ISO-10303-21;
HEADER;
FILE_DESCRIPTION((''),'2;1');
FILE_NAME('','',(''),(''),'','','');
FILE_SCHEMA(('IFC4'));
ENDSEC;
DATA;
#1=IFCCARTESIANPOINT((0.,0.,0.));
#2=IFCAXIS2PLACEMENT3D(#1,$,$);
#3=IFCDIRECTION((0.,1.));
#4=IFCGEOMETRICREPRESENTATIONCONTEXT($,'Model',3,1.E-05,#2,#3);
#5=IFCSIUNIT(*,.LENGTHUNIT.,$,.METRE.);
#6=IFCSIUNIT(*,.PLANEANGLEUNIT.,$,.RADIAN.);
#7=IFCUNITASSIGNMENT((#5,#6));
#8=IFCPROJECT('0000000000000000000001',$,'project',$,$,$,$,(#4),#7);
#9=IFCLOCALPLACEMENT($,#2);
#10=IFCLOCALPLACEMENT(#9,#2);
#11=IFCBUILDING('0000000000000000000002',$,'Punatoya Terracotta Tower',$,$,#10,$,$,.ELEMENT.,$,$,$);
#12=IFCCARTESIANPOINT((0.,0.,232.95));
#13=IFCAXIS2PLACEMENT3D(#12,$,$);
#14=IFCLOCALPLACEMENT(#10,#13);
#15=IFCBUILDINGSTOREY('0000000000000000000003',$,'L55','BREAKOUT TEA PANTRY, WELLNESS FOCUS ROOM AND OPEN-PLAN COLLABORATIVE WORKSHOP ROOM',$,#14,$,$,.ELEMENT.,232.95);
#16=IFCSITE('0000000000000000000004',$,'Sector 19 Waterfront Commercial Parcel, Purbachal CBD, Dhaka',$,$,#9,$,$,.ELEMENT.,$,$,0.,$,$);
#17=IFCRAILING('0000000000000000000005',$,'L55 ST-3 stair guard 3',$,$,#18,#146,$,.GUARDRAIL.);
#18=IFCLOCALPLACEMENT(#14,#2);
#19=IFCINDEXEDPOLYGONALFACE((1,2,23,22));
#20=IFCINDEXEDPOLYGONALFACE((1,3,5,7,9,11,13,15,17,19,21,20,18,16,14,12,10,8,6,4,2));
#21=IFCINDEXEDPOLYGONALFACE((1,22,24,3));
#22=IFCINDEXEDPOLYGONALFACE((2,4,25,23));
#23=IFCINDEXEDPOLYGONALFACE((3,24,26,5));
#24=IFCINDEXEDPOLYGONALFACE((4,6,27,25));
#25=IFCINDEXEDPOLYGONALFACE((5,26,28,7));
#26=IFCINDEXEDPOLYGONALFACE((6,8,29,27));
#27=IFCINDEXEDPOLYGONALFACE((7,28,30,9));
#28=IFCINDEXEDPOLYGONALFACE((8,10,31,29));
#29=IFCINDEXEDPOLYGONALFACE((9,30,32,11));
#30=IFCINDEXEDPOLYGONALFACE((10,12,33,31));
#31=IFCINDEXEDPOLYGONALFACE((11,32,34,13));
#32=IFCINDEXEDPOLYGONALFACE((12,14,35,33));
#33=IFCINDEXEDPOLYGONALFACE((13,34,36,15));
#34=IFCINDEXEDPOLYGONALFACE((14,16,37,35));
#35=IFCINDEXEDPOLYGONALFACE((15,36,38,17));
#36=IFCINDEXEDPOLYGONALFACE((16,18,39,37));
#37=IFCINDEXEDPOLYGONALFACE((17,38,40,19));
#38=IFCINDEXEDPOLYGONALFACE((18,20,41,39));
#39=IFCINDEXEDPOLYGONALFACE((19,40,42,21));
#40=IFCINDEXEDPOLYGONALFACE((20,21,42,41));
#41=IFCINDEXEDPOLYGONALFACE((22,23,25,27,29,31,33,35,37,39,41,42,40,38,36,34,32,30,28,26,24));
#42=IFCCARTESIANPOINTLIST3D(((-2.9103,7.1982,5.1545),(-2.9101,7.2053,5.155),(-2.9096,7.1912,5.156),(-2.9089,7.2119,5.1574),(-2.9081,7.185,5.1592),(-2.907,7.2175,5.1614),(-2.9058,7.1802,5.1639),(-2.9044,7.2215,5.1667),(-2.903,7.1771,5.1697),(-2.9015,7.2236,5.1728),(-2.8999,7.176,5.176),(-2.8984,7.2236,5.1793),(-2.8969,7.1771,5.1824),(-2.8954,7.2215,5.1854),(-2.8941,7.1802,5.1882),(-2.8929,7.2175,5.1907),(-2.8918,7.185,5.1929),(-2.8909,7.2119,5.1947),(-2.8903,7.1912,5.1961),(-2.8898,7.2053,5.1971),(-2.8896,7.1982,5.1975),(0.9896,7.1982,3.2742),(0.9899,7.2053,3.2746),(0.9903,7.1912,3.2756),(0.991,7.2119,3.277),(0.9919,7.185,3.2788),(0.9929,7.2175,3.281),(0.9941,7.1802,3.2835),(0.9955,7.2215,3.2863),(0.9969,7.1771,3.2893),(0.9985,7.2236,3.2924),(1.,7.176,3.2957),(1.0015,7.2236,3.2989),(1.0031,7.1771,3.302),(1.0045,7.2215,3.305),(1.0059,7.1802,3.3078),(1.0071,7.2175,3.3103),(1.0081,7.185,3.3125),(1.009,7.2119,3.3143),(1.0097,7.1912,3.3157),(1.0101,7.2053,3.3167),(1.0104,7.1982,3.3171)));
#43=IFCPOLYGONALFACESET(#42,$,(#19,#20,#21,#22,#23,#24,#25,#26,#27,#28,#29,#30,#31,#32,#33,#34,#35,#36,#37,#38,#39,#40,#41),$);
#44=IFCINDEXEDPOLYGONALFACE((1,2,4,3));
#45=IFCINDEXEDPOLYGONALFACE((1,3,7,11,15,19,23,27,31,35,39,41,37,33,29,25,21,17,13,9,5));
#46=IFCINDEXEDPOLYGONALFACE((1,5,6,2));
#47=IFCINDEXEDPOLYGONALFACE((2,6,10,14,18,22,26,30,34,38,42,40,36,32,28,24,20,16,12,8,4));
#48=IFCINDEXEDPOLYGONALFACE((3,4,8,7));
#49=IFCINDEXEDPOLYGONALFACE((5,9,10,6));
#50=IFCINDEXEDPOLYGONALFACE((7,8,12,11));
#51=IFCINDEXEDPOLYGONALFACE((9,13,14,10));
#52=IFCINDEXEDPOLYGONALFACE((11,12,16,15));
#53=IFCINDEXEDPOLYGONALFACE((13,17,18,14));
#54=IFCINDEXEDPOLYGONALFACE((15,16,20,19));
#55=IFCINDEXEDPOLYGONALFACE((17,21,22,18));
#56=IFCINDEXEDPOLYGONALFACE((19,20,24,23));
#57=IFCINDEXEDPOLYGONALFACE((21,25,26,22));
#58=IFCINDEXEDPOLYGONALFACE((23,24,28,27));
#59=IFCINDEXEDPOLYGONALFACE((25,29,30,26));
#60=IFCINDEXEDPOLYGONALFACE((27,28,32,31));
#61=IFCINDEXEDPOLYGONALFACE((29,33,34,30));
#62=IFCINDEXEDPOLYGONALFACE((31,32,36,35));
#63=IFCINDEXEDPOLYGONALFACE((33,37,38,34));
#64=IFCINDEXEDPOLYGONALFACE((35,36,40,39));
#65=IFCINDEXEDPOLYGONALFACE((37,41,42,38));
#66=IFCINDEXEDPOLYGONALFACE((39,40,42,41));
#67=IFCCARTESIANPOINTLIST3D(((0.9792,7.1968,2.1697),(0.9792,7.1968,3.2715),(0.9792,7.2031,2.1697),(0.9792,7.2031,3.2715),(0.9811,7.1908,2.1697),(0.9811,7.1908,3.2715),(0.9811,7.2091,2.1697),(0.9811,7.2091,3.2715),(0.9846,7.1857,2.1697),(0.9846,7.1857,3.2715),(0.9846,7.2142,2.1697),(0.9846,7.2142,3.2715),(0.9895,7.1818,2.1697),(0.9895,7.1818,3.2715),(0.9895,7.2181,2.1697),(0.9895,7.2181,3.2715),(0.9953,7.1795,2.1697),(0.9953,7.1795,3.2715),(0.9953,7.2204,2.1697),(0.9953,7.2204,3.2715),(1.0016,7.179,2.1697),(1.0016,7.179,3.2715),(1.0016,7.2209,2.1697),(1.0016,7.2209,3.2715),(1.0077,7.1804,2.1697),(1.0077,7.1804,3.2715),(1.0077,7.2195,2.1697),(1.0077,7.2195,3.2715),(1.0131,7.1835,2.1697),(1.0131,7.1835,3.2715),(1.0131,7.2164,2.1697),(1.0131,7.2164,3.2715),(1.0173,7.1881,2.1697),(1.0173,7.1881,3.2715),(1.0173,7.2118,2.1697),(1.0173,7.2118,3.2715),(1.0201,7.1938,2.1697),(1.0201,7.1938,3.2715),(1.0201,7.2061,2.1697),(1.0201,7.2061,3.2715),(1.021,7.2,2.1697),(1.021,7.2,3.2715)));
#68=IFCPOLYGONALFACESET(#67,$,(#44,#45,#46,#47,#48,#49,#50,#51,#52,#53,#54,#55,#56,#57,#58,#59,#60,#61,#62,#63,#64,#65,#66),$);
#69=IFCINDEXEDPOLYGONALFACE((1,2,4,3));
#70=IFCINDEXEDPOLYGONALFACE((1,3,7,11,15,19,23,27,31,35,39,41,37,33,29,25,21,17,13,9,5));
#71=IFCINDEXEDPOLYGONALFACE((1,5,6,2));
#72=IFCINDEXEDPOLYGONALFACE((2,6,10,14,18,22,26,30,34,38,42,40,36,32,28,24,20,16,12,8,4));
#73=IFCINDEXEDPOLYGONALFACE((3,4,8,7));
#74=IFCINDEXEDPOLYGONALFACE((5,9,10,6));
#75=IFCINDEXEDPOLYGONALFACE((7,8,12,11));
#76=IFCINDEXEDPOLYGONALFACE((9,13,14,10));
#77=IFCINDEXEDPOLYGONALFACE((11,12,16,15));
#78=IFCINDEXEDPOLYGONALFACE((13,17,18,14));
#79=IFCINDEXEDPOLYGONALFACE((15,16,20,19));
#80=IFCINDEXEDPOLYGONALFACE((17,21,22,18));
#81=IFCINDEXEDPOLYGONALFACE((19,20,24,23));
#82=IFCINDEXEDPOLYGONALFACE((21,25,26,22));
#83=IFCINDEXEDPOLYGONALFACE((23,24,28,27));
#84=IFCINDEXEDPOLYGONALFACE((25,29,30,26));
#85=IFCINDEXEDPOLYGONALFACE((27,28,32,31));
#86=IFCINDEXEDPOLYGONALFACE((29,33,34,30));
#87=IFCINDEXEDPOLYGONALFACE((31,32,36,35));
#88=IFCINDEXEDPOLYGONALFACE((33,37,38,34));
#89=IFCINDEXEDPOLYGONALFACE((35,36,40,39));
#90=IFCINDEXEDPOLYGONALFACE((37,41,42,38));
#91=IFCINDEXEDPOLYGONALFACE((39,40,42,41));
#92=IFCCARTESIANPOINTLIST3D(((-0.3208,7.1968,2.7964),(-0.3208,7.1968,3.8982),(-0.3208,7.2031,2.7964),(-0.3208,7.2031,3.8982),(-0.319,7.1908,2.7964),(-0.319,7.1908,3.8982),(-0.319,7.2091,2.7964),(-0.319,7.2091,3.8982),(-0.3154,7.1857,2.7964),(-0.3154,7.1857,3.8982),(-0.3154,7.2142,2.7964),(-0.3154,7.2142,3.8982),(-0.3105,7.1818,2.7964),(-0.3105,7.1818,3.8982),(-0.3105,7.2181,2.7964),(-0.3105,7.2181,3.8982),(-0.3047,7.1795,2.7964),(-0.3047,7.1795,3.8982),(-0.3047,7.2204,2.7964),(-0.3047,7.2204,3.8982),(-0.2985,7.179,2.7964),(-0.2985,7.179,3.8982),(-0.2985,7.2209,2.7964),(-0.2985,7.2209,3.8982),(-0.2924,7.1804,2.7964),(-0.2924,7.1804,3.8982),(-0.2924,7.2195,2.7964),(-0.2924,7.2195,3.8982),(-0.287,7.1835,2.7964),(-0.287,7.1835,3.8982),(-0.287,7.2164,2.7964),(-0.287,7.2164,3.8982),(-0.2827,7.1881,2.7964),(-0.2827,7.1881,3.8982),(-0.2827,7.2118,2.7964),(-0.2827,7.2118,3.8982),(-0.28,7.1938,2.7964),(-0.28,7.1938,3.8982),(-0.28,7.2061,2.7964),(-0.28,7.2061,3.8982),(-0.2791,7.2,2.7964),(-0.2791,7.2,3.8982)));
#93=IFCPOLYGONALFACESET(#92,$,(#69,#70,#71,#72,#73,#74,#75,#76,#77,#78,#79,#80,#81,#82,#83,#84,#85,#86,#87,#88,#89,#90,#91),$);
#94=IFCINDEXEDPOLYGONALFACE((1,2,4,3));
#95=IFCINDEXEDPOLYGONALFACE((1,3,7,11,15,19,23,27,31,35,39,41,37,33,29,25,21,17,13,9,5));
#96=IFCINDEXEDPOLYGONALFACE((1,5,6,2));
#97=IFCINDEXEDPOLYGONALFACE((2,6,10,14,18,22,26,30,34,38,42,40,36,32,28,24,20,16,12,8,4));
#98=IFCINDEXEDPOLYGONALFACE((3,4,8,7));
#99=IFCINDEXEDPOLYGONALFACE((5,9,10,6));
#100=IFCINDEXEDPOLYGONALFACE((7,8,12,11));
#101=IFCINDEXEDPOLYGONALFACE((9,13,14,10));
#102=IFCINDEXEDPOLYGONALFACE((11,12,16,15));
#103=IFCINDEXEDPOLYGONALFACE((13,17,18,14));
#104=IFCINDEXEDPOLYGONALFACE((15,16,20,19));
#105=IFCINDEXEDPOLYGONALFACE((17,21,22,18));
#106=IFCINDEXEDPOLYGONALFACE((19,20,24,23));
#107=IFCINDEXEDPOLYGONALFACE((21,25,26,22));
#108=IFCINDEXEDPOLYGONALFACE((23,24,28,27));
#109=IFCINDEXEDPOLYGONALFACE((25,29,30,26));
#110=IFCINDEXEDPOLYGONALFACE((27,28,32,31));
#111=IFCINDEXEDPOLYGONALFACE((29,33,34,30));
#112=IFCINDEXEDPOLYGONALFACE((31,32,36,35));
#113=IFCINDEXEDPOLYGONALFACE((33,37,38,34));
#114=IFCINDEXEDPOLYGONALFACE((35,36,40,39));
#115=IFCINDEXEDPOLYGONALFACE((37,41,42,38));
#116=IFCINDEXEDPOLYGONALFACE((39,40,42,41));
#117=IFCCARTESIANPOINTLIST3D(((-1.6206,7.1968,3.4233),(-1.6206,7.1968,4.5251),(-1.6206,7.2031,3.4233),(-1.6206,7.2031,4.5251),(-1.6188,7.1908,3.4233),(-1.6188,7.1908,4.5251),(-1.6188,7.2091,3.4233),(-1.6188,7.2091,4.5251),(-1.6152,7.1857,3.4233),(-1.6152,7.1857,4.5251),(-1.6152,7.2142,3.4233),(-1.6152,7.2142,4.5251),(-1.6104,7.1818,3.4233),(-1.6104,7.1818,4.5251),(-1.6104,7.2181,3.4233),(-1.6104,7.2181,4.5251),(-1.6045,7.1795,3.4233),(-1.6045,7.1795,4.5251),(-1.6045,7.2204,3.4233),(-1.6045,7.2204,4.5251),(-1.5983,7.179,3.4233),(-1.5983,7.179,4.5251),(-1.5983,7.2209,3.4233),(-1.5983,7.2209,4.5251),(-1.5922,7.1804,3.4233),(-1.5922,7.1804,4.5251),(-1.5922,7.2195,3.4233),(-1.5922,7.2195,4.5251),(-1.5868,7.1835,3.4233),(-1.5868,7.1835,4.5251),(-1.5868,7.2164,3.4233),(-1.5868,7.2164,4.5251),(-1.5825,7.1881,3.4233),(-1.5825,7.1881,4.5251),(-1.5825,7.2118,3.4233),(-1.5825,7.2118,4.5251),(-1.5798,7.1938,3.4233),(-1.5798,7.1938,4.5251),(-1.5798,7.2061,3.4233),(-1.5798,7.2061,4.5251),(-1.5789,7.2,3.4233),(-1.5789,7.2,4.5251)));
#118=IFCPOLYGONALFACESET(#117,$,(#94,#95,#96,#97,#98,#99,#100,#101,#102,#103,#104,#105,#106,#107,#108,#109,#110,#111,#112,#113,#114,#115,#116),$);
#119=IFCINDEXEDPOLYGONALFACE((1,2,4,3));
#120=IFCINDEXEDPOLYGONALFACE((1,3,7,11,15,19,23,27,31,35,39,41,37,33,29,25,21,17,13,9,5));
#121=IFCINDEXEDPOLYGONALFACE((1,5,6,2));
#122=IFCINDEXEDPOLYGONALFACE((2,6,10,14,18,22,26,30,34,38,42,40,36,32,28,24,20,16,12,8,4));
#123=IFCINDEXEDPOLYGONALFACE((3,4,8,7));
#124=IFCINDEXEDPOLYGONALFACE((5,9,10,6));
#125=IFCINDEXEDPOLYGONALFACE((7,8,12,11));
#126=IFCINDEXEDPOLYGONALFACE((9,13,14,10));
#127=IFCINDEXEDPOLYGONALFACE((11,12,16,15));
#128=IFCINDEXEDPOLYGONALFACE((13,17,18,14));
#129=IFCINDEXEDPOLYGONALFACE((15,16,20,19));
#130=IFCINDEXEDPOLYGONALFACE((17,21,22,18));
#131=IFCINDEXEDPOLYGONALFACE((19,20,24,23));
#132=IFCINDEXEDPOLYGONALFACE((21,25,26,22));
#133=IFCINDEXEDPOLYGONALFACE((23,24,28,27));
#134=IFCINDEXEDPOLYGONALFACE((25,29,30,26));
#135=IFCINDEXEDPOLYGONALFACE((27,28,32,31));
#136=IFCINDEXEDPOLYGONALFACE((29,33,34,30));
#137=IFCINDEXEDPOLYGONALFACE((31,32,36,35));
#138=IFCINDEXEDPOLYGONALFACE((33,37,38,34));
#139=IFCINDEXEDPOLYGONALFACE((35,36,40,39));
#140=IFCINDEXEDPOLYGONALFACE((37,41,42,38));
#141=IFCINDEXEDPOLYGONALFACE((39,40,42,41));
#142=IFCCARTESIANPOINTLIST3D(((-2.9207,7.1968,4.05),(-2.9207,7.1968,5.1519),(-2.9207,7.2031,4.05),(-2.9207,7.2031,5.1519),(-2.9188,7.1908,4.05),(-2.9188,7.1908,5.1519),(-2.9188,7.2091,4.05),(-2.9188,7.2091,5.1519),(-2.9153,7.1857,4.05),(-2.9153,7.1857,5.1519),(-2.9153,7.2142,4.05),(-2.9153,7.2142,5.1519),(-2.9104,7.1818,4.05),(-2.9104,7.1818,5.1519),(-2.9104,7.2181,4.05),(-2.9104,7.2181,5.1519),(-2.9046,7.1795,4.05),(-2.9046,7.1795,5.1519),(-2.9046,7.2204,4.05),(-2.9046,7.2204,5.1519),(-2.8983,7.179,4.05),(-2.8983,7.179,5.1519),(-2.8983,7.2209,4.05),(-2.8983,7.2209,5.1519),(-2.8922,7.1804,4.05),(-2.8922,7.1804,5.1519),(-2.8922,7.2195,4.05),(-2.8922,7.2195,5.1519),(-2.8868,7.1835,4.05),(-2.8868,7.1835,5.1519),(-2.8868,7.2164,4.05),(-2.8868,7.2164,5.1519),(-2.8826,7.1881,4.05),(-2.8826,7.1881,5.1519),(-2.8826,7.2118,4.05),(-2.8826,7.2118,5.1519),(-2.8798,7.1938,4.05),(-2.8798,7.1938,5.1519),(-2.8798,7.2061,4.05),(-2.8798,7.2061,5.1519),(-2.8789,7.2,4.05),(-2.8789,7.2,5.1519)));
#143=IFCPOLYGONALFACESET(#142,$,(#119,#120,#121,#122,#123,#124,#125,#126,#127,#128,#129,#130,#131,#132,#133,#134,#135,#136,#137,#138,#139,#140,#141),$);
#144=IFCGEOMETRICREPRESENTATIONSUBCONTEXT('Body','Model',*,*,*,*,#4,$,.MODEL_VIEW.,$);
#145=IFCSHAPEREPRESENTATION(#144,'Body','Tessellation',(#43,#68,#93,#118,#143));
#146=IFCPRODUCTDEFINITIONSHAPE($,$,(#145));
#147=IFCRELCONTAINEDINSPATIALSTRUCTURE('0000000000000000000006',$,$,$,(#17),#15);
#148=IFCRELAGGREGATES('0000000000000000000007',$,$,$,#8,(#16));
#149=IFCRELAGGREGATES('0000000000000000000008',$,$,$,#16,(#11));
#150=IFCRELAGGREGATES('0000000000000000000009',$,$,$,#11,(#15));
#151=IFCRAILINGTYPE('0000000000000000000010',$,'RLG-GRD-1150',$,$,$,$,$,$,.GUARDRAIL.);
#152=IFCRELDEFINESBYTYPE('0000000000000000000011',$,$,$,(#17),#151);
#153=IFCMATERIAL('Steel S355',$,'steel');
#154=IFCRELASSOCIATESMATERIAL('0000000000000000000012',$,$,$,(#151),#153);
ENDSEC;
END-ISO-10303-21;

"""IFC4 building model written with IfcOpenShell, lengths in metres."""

from ifc_helpers import new_model, si_unit, direction, frame, origin, origin_2d, place, context, subcontext, project, spatial, circle, extrude, material, type_object, element, save


model = new_model("IFC4")

# Units and contexts
model_context = context("Model", 3, precision=1e-05, world=origin(), true_north=direction((0.0, 1.0)))
body_context = subcontext(model_context, "Body", "Model", "MODEL_VIEW")
ifc_project = project(units=[si_unit("LENGTHUNIT", "METRE"), si_unit("PLANEANGLEUNIT", "RADIAN")], contexts=[model_context])

# Site, building, storey
site_placement = place(None, origin())
site = spatial("IfcSite", under=ifc_project, at=site_placement, Name="Sector 19 Waterfront Commercial Parcel, Purbachal CBD, Dhaka", CompositionType="ELEMENT", RefElevation=0.0)
building_placement = place(site_placement, origin())
building = spatial("IfcBuilding", under=site, at=building_placement, Name="Punatoya Terracotta Tower", CompositionType="ELEMENT")
storey_placement = place(building_placement, frame((0.0, 0.0, 232.95)))
storey = spatial("IfcBuildingStorey", under=building, at=storey_placement, Name="L55", Description="BREAKOUT TEA PANTRY, WELLNESS FOCUS ROOM AND OPEN-PLAN COLLABORATIVE WORKSHOP ROOM", CompositionType="ELEMENT", Elevation=232.95)

# Shared definitions
ifc_material_1 = material(Name="Steel S355", Category="steel")

# Railing
railing_type_1 = type_object("IfcRailingType", Name="RLG-GRD-1150", PredefinedType="GUARDRAIL", material=ifc_material_1)
railing_1_placement = place(storey_placement, frame((1.0, 7.2, 2.1697)))
element("IfcRailing", 1, at=railing_1_placement, inside=storey, type_object=railing_type_1, Name="L55 ST-3 stair guard 3", PredefinedType="GUARDRAIL", context=body_context, shape_type="SweptSolid", body=[
    extrude(circle(Radius=0.0239, at=origin_2d()), frame((0.0, 0.0, 1.126), z_axis=(-0.900763, 0.0, 0.434311), x_axis=(0.0, -1.0, 0.0)), (0.0, 0.0, 1.0), 4.3296),
    extrude(circle(Radius=0.021, at=origin_2d()), origin(), (0.0, 0.0, 1.0), 1.1018),
    extrude(circle(Radius=0.021, at=origin_2d()), frame((-1.3, 0.0, 0.6267)), (0.0, 0.0, 1.0), 1.1018),
    extrude(circle(Radius=0.021, at=origin_2d()), frame((-2.5999, 0.0, 1.2537)), (0.0, 0.0, 1.0), 1.1018),
    extrude(circle(Radius=0.021, at=origin_2d()), frame((-3.8999, 0.0, 1.8804)), (0.0, 0.0, 1.0), 1.1018),
])

save(model, "model.ifc")
